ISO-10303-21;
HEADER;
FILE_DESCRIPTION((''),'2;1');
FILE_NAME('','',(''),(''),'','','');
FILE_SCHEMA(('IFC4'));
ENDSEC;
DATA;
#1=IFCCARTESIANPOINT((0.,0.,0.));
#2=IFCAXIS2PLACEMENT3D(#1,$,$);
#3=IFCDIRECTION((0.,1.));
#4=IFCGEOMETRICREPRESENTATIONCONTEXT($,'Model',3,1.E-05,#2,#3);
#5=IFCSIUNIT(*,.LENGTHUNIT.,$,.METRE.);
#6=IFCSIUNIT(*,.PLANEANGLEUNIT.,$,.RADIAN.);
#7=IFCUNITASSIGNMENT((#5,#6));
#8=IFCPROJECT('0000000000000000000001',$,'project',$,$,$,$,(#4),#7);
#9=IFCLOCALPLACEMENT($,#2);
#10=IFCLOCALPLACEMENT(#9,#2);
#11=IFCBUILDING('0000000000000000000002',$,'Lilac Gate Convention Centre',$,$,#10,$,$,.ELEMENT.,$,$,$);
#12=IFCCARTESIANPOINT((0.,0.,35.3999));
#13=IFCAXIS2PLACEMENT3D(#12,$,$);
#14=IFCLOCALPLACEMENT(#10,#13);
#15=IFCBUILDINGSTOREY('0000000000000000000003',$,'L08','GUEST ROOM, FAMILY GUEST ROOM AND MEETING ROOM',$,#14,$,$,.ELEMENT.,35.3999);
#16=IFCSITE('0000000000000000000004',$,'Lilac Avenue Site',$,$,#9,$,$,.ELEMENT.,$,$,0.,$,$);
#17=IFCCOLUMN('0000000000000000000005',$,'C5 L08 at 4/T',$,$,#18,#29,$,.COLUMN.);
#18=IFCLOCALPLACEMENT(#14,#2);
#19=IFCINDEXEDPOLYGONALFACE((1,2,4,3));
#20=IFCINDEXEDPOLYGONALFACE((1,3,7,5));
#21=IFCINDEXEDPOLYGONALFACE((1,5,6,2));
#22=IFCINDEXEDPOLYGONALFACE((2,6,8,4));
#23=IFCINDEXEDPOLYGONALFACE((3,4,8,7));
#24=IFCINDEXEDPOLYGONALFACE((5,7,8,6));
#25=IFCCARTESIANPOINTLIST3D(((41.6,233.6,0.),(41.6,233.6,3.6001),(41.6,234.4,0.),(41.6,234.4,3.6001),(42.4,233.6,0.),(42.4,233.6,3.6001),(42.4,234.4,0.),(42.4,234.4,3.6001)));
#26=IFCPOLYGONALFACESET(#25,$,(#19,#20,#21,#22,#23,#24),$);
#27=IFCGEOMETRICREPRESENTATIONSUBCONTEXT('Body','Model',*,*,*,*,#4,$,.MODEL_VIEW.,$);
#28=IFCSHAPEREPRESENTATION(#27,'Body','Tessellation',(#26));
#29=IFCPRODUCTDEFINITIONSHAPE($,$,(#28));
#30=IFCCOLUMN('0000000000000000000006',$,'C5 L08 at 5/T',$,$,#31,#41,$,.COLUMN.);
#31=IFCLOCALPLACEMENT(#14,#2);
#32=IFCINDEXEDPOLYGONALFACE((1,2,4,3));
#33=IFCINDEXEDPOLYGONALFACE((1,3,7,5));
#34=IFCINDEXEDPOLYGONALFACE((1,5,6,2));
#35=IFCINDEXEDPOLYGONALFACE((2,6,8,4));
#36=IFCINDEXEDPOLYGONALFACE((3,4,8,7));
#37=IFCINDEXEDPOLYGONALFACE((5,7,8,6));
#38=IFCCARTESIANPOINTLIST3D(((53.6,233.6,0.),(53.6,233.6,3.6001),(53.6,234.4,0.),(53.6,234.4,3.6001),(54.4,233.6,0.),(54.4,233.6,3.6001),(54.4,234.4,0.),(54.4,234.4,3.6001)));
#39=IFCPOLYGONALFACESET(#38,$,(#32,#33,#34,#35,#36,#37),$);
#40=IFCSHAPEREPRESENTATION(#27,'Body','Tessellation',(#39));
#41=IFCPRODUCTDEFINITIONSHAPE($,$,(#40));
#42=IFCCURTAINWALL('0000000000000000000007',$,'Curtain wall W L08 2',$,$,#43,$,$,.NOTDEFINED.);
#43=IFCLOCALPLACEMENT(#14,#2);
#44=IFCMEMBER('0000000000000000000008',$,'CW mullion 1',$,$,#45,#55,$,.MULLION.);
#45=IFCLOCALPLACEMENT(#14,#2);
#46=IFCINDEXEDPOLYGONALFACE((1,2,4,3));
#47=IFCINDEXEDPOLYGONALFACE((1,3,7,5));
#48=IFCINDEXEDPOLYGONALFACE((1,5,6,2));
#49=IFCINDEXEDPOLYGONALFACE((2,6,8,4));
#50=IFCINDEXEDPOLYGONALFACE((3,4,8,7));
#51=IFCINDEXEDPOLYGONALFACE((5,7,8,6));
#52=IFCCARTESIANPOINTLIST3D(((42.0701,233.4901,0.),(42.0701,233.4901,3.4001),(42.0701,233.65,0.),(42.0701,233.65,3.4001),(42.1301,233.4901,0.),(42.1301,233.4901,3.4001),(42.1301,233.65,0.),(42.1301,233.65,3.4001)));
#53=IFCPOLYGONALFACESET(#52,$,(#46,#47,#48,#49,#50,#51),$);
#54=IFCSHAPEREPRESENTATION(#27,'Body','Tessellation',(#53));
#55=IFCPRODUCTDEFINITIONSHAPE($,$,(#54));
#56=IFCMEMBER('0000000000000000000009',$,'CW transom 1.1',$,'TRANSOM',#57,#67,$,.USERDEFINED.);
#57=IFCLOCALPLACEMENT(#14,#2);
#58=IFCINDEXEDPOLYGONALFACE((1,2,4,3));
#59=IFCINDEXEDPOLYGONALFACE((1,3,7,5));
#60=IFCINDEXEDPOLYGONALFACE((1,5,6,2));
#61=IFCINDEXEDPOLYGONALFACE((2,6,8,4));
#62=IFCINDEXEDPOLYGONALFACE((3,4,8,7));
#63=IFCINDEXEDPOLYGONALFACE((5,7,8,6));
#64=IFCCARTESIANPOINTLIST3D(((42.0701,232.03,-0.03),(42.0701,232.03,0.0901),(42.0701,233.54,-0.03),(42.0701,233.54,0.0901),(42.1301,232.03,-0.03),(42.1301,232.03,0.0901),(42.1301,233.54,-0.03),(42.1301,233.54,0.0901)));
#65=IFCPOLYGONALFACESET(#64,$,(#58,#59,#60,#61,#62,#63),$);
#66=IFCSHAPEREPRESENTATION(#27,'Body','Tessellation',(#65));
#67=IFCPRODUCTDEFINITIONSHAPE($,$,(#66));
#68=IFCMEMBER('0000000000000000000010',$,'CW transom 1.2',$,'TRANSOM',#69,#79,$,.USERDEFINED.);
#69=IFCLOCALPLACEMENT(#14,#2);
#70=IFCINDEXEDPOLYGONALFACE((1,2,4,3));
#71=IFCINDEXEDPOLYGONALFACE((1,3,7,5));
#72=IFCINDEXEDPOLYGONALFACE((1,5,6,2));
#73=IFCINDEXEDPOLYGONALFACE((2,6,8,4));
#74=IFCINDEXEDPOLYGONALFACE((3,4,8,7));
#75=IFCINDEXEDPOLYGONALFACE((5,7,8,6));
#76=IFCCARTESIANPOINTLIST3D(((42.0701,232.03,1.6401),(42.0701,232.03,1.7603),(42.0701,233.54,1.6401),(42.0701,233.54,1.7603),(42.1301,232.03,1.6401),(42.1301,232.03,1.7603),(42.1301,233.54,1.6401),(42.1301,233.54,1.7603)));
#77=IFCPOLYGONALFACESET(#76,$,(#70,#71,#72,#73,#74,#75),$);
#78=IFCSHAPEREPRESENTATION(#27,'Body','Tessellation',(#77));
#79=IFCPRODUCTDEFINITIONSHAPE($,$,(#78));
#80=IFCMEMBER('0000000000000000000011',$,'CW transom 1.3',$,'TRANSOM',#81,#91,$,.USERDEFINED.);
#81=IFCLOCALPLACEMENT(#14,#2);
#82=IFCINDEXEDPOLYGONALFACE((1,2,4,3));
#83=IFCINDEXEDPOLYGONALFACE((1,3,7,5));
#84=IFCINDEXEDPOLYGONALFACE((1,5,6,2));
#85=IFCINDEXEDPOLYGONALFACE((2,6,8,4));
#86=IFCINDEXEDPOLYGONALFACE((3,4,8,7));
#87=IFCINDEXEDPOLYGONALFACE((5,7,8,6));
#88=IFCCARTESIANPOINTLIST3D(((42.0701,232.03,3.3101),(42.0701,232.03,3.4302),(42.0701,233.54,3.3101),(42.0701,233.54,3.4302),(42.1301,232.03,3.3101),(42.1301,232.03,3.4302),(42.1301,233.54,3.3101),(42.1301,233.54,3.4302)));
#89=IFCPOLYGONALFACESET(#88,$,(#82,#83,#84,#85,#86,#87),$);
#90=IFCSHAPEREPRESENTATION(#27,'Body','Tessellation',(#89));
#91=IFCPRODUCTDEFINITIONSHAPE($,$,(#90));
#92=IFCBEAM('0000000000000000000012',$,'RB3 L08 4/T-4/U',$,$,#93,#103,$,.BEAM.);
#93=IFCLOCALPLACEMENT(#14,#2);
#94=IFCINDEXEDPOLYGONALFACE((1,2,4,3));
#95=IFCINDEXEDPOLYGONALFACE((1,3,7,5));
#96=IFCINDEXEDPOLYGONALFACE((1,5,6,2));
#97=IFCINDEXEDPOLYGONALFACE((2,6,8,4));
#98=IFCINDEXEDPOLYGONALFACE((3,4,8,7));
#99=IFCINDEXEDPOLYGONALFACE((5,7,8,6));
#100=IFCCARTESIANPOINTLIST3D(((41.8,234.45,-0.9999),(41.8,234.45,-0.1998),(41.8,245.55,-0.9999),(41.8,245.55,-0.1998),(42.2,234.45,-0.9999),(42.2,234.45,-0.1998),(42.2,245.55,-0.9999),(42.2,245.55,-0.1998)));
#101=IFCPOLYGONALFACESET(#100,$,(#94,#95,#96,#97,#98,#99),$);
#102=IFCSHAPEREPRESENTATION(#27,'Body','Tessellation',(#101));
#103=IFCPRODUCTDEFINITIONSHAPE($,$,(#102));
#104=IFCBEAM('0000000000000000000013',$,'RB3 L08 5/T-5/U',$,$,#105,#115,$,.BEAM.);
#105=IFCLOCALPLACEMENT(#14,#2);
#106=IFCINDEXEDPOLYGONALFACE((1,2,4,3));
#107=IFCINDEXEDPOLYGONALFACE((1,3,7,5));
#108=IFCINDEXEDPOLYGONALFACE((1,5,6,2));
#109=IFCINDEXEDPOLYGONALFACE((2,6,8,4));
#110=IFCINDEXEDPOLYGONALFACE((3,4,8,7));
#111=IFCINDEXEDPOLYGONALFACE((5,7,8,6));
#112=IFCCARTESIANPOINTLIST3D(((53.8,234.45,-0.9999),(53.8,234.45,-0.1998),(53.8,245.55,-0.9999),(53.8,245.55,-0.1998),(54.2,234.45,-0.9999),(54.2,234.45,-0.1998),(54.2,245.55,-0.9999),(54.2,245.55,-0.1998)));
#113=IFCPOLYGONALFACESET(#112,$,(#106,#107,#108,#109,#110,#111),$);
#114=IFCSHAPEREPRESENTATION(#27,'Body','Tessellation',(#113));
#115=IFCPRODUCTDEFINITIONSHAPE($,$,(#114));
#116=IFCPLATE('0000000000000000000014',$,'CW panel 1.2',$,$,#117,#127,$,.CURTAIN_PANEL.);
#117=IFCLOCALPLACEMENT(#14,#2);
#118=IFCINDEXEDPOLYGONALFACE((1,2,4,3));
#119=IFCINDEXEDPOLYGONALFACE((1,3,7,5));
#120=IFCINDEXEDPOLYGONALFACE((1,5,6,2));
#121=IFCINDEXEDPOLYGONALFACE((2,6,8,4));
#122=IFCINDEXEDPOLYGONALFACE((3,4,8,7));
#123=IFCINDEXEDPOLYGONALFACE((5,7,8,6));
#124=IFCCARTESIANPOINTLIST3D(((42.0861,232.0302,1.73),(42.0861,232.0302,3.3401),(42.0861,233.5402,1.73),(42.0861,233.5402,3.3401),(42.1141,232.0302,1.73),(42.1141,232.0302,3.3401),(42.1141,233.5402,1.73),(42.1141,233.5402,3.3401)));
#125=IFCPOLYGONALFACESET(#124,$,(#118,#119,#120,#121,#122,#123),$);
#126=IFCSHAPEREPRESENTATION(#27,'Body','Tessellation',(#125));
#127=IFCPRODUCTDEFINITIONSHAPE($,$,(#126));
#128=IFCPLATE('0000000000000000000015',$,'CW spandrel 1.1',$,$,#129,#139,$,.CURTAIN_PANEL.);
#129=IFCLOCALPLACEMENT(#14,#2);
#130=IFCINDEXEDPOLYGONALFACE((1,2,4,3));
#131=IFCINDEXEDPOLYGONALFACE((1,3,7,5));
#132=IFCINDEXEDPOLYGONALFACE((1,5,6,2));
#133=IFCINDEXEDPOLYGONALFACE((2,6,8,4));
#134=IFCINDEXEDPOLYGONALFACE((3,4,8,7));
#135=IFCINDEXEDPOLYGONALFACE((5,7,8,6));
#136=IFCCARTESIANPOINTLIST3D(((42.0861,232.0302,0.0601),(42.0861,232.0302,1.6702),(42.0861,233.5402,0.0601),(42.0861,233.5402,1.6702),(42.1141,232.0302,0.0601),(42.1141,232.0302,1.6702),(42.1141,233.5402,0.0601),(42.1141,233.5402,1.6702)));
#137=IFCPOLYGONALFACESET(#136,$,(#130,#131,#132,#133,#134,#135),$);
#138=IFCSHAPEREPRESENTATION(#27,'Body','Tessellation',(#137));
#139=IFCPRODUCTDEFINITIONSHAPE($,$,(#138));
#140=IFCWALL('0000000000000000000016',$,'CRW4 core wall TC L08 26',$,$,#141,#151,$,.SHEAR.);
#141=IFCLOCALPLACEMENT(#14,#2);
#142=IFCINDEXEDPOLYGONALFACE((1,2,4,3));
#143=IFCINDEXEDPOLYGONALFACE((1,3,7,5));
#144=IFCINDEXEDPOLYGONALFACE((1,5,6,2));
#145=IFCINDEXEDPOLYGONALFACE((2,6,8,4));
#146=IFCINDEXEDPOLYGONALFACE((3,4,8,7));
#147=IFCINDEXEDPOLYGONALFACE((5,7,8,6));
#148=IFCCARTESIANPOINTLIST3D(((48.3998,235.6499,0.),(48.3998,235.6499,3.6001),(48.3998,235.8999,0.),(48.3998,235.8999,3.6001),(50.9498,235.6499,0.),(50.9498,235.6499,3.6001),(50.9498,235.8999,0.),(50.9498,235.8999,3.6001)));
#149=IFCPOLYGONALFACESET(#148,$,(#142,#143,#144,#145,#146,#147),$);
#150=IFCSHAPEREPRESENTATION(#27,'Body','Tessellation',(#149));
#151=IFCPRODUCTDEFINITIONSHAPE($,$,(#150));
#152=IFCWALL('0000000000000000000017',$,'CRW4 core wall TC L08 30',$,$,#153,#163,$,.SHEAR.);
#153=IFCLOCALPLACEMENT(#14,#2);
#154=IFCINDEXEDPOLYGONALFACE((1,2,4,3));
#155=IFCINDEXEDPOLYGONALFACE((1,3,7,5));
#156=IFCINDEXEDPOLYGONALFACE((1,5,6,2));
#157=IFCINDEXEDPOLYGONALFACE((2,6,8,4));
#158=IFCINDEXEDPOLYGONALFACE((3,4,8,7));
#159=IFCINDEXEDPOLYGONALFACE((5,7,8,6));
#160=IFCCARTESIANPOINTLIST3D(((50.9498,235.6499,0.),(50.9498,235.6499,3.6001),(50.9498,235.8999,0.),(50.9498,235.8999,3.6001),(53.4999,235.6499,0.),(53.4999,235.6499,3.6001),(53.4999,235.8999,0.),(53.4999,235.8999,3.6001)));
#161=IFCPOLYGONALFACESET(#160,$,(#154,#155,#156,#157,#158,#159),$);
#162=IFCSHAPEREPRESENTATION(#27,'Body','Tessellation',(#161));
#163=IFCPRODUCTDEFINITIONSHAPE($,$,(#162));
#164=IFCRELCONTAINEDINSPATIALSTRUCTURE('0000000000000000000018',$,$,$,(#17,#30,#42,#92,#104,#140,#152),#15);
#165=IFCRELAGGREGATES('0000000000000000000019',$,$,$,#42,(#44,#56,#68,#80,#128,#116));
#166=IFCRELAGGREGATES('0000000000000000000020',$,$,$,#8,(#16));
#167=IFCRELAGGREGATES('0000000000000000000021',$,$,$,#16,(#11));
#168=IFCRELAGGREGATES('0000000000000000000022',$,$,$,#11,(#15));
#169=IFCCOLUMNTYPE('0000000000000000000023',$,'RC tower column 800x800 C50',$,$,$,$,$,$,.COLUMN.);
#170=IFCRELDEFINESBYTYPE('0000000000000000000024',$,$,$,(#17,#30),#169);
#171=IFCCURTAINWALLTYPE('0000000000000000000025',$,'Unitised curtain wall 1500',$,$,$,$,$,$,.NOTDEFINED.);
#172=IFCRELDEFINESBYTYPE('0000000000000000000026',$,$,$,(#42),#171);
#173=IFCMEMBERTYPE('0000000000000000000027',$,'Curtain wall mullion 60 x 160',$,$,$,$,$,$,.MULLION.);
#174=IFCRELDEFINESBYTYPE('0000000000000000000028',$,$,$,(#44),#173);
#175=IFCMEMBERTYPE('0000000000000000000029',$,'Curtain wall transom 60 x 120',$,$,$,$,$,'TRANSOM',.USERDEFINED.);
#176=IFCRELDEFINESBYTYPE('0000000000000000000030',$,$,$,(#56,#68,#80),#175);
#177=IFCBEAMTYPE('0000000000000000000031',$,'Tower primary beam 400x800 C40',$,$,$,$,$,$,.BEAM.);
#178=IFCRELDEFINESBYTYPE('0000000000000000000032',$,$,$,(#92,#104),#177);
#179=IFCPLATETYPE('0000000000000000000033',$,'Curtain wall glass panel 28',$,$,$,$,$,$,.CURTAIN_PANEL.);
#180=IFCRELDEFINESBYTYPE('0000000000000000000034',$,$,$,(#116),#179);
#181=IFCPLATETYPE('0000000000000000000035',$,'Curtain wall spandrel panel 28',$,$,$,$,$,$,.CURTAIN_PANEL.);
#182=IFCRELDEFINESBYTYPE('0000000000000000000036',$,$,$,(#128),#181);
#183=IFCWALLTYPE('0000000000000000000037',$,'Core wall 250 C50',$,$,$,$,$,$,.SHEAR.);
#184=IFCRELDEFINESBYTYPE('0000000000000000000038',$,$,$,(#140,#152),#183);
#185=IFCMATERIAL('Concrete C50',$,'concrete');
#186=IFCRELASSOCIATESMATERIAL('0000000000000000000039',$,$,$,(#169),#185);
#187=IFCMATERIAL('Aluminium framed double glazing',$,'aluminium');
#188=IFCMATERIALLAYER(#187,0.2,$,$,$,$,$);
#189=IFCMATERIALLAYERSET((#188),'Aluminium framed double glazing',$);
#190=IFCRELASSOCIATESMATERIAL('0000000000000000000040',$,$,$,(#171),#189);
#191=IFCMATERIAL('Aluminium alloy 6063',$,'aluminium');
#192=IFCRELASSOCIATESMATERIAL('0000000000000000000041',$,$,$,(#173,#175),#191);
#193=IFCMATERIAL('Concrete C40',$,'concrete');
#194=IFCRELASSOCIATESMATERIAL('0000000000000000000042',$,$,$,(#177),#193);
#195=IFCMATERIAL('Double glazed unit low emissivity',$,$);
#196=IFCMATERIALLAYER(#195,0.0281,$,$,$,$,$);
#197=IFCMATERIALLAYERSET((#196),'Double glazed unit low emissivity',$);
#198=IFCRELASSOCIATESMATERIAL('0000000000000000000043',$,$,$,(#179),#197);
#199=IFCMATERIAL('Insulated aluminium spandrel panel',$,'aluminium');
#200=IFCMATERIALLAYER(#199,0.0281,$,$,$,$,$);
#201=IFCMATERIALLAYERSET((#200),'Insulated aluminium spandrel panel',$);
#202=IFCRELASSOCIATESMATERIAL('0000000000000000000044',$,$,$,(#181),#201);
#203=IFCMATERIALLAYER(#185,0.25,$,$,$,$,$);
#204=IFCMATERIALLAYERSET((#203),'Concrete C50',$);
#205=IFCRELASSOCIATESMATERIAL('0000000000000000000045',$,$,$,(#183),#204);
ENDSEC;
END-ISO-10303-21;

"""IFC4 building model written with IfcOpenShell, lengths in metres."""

from ifc_helpers import new_model, si_unit, direction, frame, frame_2d, origin, origin_2d, place, context, subcontext, project, spatial, rectangle, extrude, material, layer, layer_set, material_profile, profile_set, type_object, element, aggregate, save


model = new_model("IFC4")

# Units and contexts
model_context = context("Model", 3, precision=1e-05, world=origin(), true_north=direction((0.0, 1.0)))
body_context = subcontext(model_context, "Body", "Model", "MODEL_VIEW")
ifc_project = project(units=[si_unit("LENGTHUNIT", "METRE"), si_unit("PLANEANGLEUNIT", "RADIAN")], contexts=[model_context])

# Site, building, storey
site_placement = place(None, origin())
site = spatial("IfcSite", under=ifc_project, at=site_placement, Name="Lilac Avenue Site", CompositionType="ELEMENT", RefElevation=0.0)
building_placement = place(site_placement, origin())
building = spatial("IfcBuilding", under=site, at=building_placement, Name="Lilac Gate Convention Centre", CompositionType="ELEMENT")
storey_placement = place(building_placement, frame((0.0, 0.0, 35.3999)))
storey = spatial("IfcBuildingStorey", under=building, at=storey_placement, Name="L08", Description="GUEST ROOM, FAMILY GUEST ROOM AND MEETING ROOM", CompositionType="ELEMENT", Elevation=35.3999)

# Columns
ifc_material_1 = material(Name="Concrete C50", Category="concrete")
ifc_material_profile_1 = material_profile(ifc_material_1, rectangle(XDim=0.8, YDim=0.8, at=origin_2d()), Name="RC 800x800")
ifc_profile_set_1 = profile_set([ifc_material_profile_1], Name="Concrete C50")
column_type = type_object("IfcColumnType", Name="RC tower column 800x800 C50", PredefinedType="COLUMN", material=ifc_profile_set_1)
for number, where, z_axis, x_axis, name in (
    (1, (42.0, 234.0, 0.0), (0.0, 0.0, 1.0), (1.0, 0.0, 0.0), "C5 L08 at 4/T"),
    (2, (54.0, 234.0, 0.0), (0.0, 0.0, 1.0), (1.0, 0.0, 0.0), "C5 L08 at 5/T"),
):
    element("IfcColumn", number, at=place(storey_placement, frame(where, z_axis=z_axis, x_axis=x_axis)), inside=storey, type_object=column_type, Name=name, PredefinedType="COLUMN", context=body_context, shape_type="SweptSolid", body=[
        extrude(rectangle(XDim=0.8, YDim=0.8, at=origin_2d()), origin(), (0.0, 0.0, 1.0), 3.6001),
    ])

# Curtain wall, members
ifc_material_2 = material(Name="Aluminium framed double glazing", Category="aluminium")
ifc_layer_1 = layer(ifc_material_2, 0.2)
ifc_layer_set_1 = layer_set([ifc_layer_1], Name="Aluminium framed double glazing")
curtain_wall_type = type_object("IfcCurtainWallType", Name="Unitised curtain wall 1500", PredefinedType="NOTDEFINED", material=ifc_layer_set_1)
curtain_wall_placement = place(storey_placement, origin())
curtain_wall = element("IfcCurtainWall", 3, at=curtain_wall_placement, inside=storey, type_object=curtain_wall_type, Name="Curtain wall W L08 2", PredefinedType="NOTDEFINED")
ifc_material_3 = material(Name="Aluminium alloy 6063", Category="aluminium")
ifc_material_profile_2 = material_profile(ifc_material_3, rectangle(XDim=0.0601, YDim=0.1599, at=origin_2d()), Name="Curtain wall mullion 60 x 160")
ifc_profile_set_2 = profile_set([ifc_material_profile_2], Name="Aluminium alloy 6063")
member_type_1 = type_object("IfcMemberType", Name="Curtain wall mullion 60 x 160", PredefinedType="MULLION", material=ifc_profile_set_2)
member_1_placement = place(storey_placement, frame((42.1001, 233.5701, 0.0), z_axis=(0.0, 0.0, 1.0), x_axis=(1.0, 0.0, 0.0)))
member_1 = element("IfcMember", 4, at=member_1_placement, type_object=member_type_1, Name="CW mullion 1", PredefinedType="MULLION", context=body_context, shape_type="SweptSolid", body=[
    extrude(rectangle(XDim=0.0601, YDim=0.1599, at=origin_2d()), origin(), (0.0, 0.0, 1.0), 3.4001),
])
ifc_material_profile_3 = material_profile(ifc_material_3, rectangle(XDim=0.0601, YDim=0.1201, at=origin_2d()), Name="Curtain wall transom 60 x 120")
ifc_profile_set_3 = profile_set([ifc_material_profile_3], Name="Aluminium alloy 6063")
member_type_2 = type_object("IfcMemberType", Name="Curtain wall transom 60 x 120", ElementType="TRANSOM", PredefinedType="USERDEFINED", material=ifc_profile_set_3)
member_2_placement = place(storey_placement, frame((42.1001, 233.54, 0.03), z_axis=(0.0, -1.0, 0.0), x_axis=(1.0, 0.0, 0.0)))
member_2 = element("IfcMember", 5, at=member_2_placement, type_object=member_type_2, Name="CW transom 1.1", ObjectType="TRANSOM", PredefinedType="USERDEFINED", context=body_context, shape_type="SweptSolid", body=[
    extrude(rectangle(XDim=0.0601, YDim=0.1201, at=origin_2d()), origin(), (0.0, 0.0, 1.0), 1.51),
])
member_3_placement = place(storey_placement, frame((42.1001, 233.54, 1.7002), z_axis=(0.0, -1.0, 0.0), x_axis=(1.0, 0.0, 0.0)))
member_3 = element("IfcMember", 6, at=member_3_placement, type_object=member_type_2, Name="CW transom 1.2", ObjectType="TRANSOM", PredefinedType="USERDEFINED", context=body_context, shape_type="SweptSolid", body=[
    extrude(rectangle(XDim=0.0601, YDim=0.1201, at=origin_2d()), origin(), (0.0, 0.0, 1.0), 1.51),
])
member_4_placement = place(storey_placement, frame((42.1001, 233.54, 3.3701), z_axis=(0.0, -1.0, 0.0), x_axis=(1.0, 0.0, 0.0)))
member_4 = element("IfcMember", 7, at=member_4_placement, type_object=member_type_2, Name="CW transom 1.3", ObjectType="TRANSOM", PredefinedType="USERDEFINED", context=body_context, shape_type="SweptSolid", body=[
    extrude(rectangle(XDim=0.0601, YDim=0.1201, at=origin_2d()), origin(), (0.0, 0.0, 1.0), 1.51),
])

# Beams
ifc_material_4 = material(Name="Concrete C40", Category="concrete")
ifc_material_profile_4 = material_profile(ifc_material_4, rectangle(XDim=0.3999, YDim=0.8, at=origin_2d()), Name="RC 400x800")
ifc_profile_set_4 = profile_set([ifc_material_profile_4], Name="Concrete C40")
beam_type = type_object("IfcBeamType", Name="Tower primary beam 400x800 C40", PredefinedType="BEAM", material=ifc_profile_set_4)
for number, where, z_axis, x_axis, name in (
    (8, (42.0, 234.45, -0.5999), (0.0, 1.0, 0.0), (-1.0, 0.0, 0.0), "RB3 L08 4/T-4/U"),
    (9, (54.0, 234.45, -0.5999), (0.0, 1.0, 0.0), (-1.0, 0.0, 0.0), "RB3 L08 5/T-5/U"),
):
    element("IfcBeam", number, at=place(storey_placement, frame(where, z_axis=z_axis, x_axis=x_axis)), inside=storey, type_object=beam_type, Name=name, PredefinedType="BEAM", context=body_context, shape_type="SweptSolid", body=[
        extrude(rectangle(XDim=0.3999, YDim=0.8, at=origin_2d()), origin(), (0.0, 0.0, 1.0), 11.1001),
    ])

# Plates
ifc_material_5 = material(Name="Double glazed unit low emissivity")
ifc_layer_2 = layer(ifc_material_5, 0.0281)
ifc_layer_set_2 = layer_set([ifc_layer_2], Name="Double glazed unit low emissivity")
plate_type_1 = type_object("IfcPlateType", Name="Curtain wall glass panel 28", PredefinedType="CURTAIN_PANEL", material=ifc_layer_set_2)
plate_1_placement = place(storey_placement, frame((42.1001, 232.7852, 1.73), z_axis=(0.0, 0.0, 1.0), x_axis=(0.0, -1.0, 0.0)))
plate_1 = element("IfcPlate", 10, at=plate_1_placement, type_object=plate_type_1, Name="CW panel 1.2", PredefinedType="CURTAIN_PANEL", context=body_context, shape_type="SweptSolid", body=[
    extrude(rectangle(XDim=1.51, YDim=0.0281, at=origin_2d()), origin(), (0.0, 0.0, 1.0), 1.6101),
])
ifc_material_6 = material(Name="Insulated aluminium spandrel panel", Category="aluminium")
ifc_layer_3 = layer(ifc_material_6, 0.0281)
ifc_layer_set_3 = layer_set([ifc_layer_3], Name="Insulated aluminium spandrel panel")
plate_type_2 = type_object("IfcPlateType", Name="Curtain wall spandrel panel 28", PredefinedType="CURTAIN_PANEL", material=ifc_layer_set_3)
plate_2_placement = place(storey_placement, frame((42.1001, 232.7852, 0.0601), z_axis=(0.0, 0.0, 1.0), x_axis=(0.0, -1.0, 0.0)))
plate_2 = element("IfcPlate", 11, at=plate_2_placement, type_object=plate_type_2, Name="CW spandrel 1.1", PredefinedType="CURTAIN_PANEL", context=body_context, shape_type="SweptSolid", body=[
    extrude(rectangle(XDim=1.51, YDim=0.0281, at=origin_2d()), origin(), (0.0, 0.0, 1.0), 1.6101),
])
aggregate(curtain_wall, [member_1, member_2, member_3, member_4, plate_2, plate_1])

# Walls
ifc_layer_4 = layer(ifc_material_1, 0.25)
ifc_layer_set_4 = layer_set([ifc_layer_4], Name="Concrete C50")
wall_type_1 = type_object("IfcWallType", Name="Core wall 250 C50", PredefinedType="SHEAR", material=ifc_layer_set_4)
for number, where, z_axis, x_axis, name in (
    (12, (48.3999, 235.7749, 0.0), (0.0, 0.0, 1.0), (1.0, 0.0, 0.0), "CRW4 core wall TC L08 26"),
    (13, (50.95, 235.7749, 0.0), (0.0, 0.0, 1.0), (1.0, 0.0, 0.0), "CRW4 core wall TC L08 30"),
):
    element("IfcWall", number, at=place(storey_placement, frame(where, z_axis=z_axis, x_axis=x_axis)), inside=storey, type_object=wall_type_1, Name=name, PredefinedType="SHEAR", context=body_context, shape_type="SweptSolid", body=[
        extrude(rectangle(XDim=2.55, YDim=0.25, at=frame_2d((1.2749, 0.0))), origin(), (0.0, 0.0, 1.0), 3.6001),
    ])

save(model, "model.ifc")
